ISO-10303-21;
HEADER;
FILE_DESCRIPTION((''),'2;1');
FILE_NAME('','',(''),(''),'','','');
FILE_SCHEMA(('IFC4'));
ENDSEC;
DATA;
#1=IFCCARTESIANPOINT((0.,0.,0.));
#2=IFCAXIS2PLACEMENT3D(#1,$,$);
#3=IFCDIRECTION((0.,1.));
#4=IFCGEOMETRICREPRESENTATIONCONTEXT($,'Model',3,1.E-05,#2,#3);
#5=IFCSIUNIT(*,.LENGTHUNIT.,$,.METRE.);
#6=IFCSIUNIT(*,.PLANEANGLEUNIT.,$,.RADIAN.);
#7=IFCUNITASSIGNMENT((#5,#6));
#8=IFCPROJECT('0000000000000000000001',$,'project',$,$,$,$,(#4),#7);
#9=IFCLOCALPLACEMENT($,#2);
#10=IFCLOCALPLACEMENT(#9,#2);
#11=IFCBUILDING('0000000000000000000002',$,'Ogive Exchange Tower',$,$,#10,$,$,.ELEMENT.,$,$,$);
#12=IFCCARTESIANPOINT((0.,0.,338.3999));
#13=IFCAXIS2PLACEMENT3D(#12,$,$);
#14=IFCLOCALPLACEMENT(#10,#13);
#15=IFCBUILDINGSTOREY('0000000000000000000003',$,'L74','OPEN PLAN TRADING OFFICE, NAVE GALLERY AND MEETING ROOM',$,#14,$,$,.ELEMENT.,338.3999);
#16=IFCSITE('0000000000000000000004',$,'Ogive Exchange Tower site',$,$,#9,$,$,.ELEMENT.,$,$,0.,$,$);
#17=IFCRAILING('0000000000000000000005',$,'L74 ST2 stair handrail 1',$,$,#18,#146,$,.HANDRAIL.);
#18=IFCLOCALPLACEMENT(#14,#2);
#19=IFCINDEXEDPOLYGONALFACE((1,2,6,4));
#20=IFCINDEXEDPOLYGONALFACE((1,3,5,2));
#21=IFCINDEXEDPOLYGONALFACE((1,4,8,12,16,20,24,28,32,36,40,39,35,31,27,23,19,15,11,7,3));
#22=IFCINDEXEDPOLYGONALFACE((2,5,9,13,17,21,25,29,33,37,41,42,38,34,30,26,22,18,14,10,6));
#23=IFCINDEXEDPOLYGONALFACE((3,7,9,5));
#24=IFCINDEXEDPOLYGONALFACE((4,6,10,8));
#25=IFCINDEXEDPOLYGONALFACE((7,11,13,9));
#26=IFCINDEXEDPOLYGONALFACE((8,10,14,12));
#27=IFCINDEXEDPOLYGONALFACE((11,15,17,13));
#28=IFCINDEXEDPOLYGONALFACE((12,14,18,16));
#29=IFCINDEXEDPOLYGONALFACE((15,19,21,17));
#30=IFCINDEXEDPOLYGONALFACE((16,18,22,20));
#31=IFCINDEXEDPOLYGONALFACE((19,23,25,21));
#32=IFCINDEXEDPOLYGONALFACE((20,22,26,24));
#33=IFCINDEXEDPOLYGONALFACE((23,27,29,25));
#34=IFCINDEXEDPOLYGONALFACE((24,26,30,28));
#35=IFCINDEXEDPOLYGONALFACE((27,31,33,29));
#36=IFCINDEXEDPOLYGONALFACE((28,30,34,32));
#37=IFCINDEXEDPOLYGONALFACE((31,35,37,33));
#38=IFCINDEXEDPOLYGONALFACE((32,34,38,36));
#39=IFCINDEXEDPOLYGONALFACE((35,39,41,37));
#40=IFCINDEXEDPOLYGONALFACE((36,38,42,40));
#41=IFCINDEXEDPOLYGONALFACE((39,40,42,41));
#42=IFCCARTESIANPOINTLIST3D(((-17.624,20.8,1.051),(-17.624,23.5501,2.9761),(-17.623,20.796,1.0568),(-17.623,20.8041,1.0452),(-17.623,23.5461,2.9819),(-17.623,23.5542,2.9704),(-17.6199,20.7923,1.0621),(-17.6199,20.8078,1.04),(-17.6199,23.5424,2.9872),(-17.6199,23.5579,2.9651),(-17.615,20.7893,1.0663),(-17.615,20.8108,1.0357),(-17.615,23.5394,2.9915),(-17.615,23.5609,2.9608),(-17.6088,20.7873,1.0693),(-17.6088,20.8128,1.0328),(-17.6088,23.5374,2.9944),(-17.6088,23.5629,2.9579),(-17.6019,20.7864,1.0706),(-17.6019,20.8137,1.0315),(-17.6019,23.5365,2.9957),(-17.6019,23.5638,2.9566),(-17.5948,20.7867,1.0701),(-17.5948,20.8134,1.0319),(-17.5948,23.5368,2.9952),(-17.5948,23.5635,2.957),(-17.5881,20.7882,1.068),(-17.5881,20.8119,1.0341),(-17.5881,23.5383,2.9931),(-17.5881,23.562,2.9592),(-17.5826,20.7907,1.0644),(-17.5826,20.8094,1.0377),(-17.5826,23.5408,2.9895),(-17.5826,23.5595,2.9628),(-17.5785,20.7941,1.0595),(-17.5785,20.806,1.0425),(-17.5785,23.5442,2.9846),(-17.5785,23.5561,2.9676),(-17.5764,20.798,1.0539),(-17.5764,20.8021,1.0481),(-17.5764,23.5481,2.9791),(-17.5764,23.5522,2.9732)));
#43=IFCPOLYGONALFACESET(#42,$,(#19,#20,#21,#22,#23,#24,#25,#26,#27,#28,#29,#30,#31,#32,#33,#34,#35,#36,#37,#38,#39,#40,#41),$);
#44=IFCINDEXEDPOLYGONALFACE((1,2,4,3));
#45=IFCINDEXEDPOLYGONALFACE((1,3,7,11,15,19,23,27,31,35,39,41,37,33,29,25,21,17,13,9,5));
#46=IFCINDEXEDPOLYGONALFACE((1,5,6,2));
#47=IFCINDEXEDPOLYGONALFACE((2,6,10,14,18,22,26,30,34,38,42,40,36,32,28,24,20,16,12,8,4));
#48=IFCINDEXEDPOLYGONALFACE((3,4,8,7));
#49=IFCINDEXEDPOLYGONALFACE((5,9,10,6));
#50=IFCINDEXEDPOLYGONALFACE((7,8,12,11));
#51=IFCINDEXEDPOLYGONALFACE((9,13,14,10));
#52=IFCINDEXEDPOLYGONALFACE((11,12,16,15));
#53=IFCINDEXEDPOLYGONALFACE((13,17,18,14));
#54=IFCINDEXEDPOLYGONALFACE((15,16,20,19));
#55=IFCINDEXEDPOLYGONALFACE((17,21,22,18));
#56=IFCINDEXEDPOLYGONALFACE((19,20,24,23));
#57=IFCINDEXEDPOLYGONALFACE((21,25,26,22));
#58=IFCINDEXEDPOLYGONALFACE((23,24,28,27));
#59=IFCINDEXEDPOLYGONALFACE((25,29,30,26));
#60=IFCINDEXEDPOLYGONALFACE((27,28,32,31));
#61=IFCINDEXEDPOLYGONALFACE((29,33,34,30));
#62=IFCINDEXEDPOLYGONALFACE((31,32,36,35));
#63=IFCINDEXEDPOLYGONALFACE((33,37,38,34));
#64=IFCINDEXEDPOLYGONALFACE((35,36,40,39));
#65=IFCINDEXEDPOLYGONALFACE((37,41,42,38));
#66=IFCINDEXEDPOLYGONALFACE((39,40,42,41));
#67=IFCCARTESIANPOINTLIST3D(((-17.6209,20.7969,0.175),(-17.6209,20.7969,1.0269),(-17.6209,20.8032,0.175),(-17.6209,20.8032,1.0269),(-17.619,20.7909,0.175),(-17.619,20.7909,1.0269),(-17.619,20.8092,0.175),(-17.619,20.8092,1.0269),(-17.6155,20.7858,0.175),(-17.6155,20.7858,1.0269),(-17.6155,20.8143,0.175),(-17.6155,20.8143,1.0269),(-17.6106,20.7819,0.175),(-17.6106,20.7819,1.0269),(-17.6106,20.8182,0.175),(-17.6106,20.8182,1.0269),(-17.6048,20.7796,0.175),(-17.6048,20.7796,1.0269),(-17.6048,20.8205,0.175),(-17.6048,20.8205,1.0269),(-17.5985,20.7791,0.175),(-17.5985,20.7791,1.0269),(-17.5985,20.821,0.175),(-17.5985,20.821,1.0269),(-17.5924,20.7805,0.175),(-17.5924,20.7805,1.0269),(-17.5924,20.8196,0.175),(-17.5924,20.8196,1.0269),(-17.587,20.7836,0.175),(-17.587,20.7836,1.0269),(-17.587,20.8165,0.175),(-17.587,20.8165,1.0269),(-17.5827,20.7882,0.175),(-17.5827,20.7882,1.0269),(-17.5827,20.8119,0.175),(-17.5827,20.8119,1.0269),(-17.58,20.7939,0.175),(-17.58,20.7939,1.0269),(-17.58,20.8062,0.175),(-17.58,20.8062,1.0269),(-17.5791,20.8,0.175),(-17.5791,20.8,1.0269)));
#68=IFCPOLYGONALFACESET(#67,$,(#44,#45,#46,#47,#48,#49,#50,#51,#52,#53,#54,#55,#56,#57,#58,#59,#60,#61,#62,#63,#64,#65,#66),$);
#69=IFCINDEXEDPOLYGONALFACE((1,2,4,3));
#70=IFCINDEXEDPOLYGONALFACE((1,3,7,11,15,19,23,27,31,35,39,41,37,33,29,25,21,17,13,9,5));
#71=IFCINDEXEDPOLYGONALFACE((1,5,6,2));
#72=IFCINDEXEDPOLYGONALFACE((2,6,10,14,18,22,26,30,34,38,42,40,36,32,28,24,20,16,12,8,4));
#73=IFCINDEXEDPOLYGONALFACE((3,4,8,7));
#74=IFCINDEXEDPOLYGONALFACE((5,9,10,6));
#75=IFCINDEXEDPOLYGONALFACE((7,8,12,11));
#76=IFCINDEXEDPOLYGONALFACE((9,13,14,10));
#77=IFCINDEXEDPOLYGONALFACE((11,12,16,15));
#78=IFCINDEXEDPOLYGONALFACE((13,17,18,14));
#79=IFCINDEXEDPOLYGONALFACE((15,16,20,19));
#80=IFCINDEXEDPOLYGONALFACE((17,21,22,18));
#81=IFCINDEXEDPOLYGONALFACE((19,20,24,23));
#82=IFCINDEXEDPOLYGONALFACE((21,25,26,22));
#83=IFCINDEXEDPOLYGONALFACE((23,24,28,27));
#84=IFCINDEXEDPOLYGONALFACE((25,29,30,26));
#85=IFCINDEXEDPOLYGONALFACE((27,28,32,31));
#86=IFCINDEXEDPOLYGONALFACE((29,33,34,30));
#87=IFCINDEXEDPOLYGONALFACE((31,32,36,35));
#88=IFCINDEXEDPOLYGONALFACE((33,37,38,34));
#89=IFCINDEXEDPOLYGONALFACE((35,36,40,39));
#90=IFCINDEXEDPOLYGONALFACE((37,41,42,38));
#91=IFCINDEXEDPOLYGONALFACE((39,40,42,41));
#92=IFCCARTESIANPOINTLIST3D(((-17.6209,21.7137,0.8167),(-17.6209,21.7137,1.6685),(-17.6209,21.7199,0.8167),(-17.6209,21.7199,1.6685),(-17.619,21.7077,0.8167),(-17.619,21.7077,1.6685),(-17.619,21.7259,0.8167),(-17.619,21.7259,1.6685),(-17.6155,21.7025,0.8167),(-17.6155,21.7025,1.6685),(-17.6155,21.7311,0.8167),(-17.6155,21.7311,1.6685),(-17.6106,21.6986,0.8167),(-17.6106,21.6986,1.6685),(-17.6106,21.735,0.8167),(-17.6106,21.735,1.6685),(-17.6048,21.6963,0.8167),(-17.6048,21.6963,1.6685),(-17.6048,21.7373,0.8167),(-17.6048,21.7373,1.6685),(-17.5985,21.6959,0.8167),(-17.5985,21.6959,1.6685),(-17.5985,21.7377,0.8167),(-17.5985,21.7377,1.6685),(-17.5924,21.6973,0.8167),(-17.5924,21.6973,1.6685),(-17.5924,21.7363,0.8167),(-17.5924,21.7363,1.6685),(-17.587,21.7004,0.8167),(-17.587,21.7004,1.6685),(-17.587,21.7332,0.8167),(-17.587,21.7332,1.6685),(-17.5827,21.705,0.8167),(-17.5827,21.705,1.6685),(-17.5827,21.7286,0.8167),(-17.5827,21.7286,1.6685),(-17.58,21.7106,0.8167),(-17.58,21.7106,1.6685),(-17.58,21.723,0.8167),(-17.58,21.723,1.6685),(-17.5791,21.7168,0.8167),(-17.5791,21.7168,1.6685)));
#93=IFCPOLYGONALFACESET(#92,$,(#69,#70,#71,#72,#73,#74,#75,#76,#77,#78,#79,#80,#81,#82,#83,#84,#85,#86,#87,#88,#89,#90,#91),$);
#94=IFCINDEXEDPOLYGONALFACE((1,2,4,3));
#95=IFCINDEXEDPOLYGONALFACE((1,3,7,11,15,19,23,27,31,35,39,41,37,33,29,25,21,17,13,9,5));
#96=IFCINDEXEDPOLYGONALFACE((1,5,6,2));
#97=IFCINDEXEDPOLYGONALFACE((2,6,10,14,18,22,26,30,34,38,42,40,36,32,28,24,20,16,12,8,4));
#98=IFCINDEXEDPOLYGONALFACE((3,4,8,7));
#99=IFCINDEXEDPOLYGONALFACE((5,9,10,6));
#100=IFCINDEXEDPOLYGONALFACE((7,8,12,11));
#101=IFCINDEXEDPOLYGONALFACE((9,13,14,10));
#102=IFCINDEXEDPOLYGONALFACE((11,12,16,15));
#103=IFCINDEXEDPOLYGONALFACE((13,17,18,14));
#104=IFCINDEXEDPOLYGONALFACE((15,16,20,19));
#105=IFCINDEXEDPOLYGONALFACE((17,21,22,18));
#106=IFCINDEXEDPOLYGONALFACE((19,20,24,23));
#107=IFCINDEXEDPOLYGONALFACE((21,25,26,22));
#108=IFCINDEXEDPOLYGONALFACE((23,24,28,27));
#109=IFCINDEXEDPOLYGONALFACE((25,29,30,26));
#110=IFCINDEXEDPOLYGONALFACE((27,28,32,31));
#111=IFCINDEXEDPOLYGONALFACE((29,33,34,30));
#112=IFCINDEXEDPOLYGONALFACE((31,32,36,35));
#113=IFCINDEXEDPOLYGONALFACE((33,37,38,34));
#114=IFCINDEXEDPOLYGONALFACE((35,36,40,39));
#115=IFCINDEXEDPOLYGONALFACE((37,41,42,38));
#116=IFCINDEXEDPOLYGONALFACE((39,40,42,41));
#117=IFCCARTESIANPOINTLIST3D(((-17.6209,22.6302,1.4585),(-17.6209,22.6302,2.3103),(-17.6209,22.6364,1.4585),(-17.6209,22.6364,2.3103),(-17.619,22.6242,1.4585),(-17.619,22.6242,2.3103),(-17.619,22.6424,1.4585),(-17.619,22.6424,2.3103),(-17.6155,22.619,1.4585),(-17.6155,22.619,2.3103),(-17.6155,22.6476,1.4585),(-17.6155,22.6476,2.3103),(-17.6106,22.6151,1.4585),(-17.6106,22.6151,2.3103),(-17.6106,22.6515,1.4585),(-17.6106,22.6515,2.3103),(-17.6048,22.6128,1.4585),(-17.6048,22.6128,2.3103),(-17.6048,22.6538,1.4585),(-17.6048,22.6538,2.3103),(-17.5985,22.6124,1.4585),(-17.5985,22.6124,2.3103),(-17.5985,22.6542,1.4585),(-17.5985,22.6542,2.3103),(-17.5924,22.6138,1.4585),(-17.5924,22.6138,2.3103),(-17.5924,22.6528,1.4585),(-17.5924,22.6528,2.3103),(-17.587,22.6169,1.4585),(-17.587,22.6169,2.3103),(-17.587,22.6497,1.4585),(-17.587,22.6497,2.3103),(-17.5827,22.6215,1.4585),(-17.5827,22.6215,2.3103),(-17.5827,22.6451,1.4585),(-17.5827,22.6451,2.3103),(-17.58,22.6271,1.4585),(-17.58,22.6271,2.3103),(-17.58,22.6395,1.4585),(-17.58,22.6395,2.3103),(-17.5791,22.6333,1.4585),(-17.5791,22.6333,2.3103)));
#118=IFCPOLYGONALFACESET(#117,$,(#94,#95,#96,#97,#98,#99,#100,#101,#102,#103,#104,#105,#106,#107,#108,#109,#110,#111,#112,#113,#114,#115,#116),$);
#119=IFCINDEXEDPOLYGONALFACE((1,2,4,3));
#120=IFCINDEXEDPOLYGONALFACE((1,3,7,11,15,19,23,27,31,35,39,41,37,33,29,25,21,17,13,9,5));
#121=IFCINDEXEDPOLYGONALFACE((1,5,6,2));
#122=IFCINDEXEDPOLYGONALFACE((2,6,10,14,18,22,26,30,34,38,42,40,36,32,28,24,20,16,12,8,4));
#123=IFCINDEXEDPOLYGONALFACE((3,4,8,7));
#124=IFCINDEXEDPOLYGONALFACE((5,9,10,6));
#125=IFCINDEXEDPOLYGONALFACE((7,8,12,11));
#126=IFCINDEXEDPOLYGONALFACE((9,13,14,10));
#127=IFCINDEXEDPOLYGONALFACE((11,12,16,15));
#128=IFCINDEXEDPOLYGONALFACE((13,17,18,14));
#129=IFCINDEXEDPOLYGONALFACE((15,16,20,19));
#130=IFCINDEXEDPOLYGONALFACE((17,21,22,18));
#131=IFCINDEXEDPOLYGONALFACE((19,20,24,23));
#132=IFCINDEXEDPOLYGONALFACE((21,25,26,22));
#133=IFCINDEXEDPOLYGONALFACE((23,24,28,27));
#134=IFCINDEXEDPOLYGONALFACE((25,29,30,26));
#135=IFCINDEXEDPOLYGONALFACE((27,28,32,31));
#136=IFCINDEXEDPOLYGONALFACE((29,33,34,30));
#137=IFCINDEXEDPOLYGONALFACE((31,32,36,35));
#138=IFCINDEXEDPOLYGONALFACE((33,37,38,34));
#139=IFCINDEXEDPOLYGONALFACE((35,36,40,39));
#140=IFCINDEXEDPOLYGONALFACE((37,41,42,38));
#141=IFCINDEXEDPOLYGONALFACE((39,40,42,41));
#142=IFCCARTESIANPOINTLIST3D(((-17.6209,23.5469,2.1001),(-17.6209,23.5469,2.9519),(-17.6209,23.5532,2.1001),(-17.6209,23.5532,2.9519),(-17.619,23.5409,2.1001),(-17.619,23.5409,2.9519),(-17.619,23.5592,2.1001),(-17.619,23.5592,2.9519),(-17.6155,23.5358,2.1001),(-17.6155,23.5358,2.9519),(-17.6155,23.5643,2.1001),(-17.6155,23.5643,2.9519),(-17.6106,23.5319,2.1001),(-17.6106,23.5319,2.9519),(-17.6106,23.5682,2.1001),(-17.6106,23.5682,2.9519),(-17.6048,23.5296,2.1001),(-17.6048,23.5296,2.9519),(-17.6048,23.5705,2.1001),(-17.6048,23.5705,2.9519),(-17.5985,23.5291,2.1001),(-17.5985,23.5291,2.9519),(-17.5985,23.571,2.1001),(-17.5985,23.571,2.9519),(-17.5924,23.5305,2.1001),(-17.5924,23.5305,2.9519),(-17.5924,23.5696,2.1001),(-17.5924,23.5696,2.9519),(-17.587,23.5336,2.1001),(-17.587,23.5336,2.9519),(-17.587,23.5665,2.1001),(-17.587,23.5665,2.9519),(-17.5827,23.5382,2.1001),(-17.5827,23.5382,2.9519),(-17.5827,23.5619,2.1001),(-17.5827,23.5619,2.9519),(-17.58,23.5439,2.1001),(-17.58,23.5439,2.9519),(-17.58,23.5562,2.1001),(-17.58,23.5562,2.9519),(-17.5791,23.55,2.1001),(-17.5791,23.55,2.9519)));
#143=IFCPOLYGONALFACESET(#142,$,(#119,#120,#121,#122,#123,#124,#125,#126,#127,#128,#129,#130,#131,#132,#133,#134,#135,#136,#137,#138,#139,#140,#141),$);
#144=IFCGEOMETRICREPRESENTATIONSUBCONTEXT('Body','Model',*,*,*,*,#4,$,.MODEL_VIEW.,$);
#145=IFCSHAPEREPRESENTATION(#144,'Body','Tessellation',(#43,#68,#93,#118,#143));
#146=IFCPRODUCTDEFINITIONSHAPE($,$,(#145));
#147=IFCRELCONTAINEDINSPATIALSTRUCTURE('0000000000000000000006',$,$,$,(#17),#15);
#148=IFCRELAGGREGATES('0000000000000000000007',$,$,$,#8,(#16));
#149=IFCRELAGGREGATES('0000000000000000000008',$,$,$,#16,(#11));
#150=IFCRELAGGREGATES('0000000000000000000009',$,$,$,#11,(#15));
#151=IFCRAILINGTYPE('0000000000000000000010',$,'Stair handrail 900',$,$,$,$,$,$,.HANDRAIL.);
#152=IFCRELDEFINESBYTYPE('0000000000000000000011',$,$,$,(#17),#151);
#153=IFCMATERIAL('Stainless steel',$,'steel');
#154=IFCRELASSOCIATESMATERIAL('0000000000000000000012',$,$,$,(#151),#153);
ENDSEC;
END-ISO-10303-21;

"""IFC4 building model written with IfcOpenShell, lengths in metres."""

from ifc_helpers import new_model, si_unit, direction, frame, origin, origin_2d, place, context, subcontext, project, spatial, circle, extrude, material, type_object, element, save


model = new_model("IFC4")

# Units and contexts
model_context = context("Model", 3, precision=1e-05, world=origin(), true_north=direction((0.0, 1.0)))
body_context = subcontext(model_context, "Body", "Model", "MODEL_VIEW")
ifc_project = project(units=[si_unit("LENGTHUNIT", "METRE"), si_unit("PLANEANGLEUNIT", "RADIAN")], contexts=[model_context])

# Site, building, storey
site_placement = place(None, origin())
site = spatial("IfcSite", under=ifc_project, at=site_placement, Name="Ogive Exchange Tower site", CompositionType="ELEMENT", RefElevation=0.0)
building_placement = place(site_placement, origin())
building = spatial("IfcBuilding", under=site, at=building_placement, Name="Ogive Exchange Tower", CompositionType="ELEMENT")
storey_placement = place(building_placement, frame((0.0, 0.0, 338.3999)))
storey = spatial("IfcBuildingStorey", under=building, at=storey_placement, Name="L74", Description="OPEN PLAN TRADING OFFICE, NAVE GALLERY AND MEETING ROOM", CompositionType="ELEMENT", Elevation=338.3999)

# Railing
ifc_material_1 = material(Name="Stainless steel", Category="steel")
railing_type = type_object("IfcRailingType", Name="Stair handrail 900", PredefinedType="HANDRAIL", material=ifc_material_1)
railing_placement = place(storey_placement, frame((-17.6001, 20.8, 0.175)))
element("IfcRailing", 1, at=railing_placement, inside=storey, type_object=railing_type, Name="L74 ST2 stair handrail 1", PredefinedType="HANDRAIL", context=body_context, shape_type="SweptSolid", body=[
    extrude(circle(Radius=0.0239, at=origin_2d()), frame((0.0, 0.0, 0.876), z_axis=(0.0, 0.819225, 0.573472), x_axis=(-1.0, 0.0, 0.0)), (0.0, 0.0, 1.0), 3.3569),
    extrude(circle(Radius=0.021, at=origin_2d()), origin(), (0.0, 0.0, 1.0), 0.8518),
    extrude(circle(Radius=0.021, at=origin_2d()), frame((0.0, 0.9167, 0.6416)), (0.0, 0.0, 1.0), 0.8518),
    extrude(circle(Radius=0.021, at=origin_2d()), frame((0.0, 1.8333, 1.2834)), (0.0, 0.0, 1.0), 0.8518),
    extrude(circle(Radius=0.021, at=origin_2d()), frame((0.0, 2.75, 1.925)), (0.0, 0.0, 1.0), 0.8518),
])

save(model, "model.ifc")
